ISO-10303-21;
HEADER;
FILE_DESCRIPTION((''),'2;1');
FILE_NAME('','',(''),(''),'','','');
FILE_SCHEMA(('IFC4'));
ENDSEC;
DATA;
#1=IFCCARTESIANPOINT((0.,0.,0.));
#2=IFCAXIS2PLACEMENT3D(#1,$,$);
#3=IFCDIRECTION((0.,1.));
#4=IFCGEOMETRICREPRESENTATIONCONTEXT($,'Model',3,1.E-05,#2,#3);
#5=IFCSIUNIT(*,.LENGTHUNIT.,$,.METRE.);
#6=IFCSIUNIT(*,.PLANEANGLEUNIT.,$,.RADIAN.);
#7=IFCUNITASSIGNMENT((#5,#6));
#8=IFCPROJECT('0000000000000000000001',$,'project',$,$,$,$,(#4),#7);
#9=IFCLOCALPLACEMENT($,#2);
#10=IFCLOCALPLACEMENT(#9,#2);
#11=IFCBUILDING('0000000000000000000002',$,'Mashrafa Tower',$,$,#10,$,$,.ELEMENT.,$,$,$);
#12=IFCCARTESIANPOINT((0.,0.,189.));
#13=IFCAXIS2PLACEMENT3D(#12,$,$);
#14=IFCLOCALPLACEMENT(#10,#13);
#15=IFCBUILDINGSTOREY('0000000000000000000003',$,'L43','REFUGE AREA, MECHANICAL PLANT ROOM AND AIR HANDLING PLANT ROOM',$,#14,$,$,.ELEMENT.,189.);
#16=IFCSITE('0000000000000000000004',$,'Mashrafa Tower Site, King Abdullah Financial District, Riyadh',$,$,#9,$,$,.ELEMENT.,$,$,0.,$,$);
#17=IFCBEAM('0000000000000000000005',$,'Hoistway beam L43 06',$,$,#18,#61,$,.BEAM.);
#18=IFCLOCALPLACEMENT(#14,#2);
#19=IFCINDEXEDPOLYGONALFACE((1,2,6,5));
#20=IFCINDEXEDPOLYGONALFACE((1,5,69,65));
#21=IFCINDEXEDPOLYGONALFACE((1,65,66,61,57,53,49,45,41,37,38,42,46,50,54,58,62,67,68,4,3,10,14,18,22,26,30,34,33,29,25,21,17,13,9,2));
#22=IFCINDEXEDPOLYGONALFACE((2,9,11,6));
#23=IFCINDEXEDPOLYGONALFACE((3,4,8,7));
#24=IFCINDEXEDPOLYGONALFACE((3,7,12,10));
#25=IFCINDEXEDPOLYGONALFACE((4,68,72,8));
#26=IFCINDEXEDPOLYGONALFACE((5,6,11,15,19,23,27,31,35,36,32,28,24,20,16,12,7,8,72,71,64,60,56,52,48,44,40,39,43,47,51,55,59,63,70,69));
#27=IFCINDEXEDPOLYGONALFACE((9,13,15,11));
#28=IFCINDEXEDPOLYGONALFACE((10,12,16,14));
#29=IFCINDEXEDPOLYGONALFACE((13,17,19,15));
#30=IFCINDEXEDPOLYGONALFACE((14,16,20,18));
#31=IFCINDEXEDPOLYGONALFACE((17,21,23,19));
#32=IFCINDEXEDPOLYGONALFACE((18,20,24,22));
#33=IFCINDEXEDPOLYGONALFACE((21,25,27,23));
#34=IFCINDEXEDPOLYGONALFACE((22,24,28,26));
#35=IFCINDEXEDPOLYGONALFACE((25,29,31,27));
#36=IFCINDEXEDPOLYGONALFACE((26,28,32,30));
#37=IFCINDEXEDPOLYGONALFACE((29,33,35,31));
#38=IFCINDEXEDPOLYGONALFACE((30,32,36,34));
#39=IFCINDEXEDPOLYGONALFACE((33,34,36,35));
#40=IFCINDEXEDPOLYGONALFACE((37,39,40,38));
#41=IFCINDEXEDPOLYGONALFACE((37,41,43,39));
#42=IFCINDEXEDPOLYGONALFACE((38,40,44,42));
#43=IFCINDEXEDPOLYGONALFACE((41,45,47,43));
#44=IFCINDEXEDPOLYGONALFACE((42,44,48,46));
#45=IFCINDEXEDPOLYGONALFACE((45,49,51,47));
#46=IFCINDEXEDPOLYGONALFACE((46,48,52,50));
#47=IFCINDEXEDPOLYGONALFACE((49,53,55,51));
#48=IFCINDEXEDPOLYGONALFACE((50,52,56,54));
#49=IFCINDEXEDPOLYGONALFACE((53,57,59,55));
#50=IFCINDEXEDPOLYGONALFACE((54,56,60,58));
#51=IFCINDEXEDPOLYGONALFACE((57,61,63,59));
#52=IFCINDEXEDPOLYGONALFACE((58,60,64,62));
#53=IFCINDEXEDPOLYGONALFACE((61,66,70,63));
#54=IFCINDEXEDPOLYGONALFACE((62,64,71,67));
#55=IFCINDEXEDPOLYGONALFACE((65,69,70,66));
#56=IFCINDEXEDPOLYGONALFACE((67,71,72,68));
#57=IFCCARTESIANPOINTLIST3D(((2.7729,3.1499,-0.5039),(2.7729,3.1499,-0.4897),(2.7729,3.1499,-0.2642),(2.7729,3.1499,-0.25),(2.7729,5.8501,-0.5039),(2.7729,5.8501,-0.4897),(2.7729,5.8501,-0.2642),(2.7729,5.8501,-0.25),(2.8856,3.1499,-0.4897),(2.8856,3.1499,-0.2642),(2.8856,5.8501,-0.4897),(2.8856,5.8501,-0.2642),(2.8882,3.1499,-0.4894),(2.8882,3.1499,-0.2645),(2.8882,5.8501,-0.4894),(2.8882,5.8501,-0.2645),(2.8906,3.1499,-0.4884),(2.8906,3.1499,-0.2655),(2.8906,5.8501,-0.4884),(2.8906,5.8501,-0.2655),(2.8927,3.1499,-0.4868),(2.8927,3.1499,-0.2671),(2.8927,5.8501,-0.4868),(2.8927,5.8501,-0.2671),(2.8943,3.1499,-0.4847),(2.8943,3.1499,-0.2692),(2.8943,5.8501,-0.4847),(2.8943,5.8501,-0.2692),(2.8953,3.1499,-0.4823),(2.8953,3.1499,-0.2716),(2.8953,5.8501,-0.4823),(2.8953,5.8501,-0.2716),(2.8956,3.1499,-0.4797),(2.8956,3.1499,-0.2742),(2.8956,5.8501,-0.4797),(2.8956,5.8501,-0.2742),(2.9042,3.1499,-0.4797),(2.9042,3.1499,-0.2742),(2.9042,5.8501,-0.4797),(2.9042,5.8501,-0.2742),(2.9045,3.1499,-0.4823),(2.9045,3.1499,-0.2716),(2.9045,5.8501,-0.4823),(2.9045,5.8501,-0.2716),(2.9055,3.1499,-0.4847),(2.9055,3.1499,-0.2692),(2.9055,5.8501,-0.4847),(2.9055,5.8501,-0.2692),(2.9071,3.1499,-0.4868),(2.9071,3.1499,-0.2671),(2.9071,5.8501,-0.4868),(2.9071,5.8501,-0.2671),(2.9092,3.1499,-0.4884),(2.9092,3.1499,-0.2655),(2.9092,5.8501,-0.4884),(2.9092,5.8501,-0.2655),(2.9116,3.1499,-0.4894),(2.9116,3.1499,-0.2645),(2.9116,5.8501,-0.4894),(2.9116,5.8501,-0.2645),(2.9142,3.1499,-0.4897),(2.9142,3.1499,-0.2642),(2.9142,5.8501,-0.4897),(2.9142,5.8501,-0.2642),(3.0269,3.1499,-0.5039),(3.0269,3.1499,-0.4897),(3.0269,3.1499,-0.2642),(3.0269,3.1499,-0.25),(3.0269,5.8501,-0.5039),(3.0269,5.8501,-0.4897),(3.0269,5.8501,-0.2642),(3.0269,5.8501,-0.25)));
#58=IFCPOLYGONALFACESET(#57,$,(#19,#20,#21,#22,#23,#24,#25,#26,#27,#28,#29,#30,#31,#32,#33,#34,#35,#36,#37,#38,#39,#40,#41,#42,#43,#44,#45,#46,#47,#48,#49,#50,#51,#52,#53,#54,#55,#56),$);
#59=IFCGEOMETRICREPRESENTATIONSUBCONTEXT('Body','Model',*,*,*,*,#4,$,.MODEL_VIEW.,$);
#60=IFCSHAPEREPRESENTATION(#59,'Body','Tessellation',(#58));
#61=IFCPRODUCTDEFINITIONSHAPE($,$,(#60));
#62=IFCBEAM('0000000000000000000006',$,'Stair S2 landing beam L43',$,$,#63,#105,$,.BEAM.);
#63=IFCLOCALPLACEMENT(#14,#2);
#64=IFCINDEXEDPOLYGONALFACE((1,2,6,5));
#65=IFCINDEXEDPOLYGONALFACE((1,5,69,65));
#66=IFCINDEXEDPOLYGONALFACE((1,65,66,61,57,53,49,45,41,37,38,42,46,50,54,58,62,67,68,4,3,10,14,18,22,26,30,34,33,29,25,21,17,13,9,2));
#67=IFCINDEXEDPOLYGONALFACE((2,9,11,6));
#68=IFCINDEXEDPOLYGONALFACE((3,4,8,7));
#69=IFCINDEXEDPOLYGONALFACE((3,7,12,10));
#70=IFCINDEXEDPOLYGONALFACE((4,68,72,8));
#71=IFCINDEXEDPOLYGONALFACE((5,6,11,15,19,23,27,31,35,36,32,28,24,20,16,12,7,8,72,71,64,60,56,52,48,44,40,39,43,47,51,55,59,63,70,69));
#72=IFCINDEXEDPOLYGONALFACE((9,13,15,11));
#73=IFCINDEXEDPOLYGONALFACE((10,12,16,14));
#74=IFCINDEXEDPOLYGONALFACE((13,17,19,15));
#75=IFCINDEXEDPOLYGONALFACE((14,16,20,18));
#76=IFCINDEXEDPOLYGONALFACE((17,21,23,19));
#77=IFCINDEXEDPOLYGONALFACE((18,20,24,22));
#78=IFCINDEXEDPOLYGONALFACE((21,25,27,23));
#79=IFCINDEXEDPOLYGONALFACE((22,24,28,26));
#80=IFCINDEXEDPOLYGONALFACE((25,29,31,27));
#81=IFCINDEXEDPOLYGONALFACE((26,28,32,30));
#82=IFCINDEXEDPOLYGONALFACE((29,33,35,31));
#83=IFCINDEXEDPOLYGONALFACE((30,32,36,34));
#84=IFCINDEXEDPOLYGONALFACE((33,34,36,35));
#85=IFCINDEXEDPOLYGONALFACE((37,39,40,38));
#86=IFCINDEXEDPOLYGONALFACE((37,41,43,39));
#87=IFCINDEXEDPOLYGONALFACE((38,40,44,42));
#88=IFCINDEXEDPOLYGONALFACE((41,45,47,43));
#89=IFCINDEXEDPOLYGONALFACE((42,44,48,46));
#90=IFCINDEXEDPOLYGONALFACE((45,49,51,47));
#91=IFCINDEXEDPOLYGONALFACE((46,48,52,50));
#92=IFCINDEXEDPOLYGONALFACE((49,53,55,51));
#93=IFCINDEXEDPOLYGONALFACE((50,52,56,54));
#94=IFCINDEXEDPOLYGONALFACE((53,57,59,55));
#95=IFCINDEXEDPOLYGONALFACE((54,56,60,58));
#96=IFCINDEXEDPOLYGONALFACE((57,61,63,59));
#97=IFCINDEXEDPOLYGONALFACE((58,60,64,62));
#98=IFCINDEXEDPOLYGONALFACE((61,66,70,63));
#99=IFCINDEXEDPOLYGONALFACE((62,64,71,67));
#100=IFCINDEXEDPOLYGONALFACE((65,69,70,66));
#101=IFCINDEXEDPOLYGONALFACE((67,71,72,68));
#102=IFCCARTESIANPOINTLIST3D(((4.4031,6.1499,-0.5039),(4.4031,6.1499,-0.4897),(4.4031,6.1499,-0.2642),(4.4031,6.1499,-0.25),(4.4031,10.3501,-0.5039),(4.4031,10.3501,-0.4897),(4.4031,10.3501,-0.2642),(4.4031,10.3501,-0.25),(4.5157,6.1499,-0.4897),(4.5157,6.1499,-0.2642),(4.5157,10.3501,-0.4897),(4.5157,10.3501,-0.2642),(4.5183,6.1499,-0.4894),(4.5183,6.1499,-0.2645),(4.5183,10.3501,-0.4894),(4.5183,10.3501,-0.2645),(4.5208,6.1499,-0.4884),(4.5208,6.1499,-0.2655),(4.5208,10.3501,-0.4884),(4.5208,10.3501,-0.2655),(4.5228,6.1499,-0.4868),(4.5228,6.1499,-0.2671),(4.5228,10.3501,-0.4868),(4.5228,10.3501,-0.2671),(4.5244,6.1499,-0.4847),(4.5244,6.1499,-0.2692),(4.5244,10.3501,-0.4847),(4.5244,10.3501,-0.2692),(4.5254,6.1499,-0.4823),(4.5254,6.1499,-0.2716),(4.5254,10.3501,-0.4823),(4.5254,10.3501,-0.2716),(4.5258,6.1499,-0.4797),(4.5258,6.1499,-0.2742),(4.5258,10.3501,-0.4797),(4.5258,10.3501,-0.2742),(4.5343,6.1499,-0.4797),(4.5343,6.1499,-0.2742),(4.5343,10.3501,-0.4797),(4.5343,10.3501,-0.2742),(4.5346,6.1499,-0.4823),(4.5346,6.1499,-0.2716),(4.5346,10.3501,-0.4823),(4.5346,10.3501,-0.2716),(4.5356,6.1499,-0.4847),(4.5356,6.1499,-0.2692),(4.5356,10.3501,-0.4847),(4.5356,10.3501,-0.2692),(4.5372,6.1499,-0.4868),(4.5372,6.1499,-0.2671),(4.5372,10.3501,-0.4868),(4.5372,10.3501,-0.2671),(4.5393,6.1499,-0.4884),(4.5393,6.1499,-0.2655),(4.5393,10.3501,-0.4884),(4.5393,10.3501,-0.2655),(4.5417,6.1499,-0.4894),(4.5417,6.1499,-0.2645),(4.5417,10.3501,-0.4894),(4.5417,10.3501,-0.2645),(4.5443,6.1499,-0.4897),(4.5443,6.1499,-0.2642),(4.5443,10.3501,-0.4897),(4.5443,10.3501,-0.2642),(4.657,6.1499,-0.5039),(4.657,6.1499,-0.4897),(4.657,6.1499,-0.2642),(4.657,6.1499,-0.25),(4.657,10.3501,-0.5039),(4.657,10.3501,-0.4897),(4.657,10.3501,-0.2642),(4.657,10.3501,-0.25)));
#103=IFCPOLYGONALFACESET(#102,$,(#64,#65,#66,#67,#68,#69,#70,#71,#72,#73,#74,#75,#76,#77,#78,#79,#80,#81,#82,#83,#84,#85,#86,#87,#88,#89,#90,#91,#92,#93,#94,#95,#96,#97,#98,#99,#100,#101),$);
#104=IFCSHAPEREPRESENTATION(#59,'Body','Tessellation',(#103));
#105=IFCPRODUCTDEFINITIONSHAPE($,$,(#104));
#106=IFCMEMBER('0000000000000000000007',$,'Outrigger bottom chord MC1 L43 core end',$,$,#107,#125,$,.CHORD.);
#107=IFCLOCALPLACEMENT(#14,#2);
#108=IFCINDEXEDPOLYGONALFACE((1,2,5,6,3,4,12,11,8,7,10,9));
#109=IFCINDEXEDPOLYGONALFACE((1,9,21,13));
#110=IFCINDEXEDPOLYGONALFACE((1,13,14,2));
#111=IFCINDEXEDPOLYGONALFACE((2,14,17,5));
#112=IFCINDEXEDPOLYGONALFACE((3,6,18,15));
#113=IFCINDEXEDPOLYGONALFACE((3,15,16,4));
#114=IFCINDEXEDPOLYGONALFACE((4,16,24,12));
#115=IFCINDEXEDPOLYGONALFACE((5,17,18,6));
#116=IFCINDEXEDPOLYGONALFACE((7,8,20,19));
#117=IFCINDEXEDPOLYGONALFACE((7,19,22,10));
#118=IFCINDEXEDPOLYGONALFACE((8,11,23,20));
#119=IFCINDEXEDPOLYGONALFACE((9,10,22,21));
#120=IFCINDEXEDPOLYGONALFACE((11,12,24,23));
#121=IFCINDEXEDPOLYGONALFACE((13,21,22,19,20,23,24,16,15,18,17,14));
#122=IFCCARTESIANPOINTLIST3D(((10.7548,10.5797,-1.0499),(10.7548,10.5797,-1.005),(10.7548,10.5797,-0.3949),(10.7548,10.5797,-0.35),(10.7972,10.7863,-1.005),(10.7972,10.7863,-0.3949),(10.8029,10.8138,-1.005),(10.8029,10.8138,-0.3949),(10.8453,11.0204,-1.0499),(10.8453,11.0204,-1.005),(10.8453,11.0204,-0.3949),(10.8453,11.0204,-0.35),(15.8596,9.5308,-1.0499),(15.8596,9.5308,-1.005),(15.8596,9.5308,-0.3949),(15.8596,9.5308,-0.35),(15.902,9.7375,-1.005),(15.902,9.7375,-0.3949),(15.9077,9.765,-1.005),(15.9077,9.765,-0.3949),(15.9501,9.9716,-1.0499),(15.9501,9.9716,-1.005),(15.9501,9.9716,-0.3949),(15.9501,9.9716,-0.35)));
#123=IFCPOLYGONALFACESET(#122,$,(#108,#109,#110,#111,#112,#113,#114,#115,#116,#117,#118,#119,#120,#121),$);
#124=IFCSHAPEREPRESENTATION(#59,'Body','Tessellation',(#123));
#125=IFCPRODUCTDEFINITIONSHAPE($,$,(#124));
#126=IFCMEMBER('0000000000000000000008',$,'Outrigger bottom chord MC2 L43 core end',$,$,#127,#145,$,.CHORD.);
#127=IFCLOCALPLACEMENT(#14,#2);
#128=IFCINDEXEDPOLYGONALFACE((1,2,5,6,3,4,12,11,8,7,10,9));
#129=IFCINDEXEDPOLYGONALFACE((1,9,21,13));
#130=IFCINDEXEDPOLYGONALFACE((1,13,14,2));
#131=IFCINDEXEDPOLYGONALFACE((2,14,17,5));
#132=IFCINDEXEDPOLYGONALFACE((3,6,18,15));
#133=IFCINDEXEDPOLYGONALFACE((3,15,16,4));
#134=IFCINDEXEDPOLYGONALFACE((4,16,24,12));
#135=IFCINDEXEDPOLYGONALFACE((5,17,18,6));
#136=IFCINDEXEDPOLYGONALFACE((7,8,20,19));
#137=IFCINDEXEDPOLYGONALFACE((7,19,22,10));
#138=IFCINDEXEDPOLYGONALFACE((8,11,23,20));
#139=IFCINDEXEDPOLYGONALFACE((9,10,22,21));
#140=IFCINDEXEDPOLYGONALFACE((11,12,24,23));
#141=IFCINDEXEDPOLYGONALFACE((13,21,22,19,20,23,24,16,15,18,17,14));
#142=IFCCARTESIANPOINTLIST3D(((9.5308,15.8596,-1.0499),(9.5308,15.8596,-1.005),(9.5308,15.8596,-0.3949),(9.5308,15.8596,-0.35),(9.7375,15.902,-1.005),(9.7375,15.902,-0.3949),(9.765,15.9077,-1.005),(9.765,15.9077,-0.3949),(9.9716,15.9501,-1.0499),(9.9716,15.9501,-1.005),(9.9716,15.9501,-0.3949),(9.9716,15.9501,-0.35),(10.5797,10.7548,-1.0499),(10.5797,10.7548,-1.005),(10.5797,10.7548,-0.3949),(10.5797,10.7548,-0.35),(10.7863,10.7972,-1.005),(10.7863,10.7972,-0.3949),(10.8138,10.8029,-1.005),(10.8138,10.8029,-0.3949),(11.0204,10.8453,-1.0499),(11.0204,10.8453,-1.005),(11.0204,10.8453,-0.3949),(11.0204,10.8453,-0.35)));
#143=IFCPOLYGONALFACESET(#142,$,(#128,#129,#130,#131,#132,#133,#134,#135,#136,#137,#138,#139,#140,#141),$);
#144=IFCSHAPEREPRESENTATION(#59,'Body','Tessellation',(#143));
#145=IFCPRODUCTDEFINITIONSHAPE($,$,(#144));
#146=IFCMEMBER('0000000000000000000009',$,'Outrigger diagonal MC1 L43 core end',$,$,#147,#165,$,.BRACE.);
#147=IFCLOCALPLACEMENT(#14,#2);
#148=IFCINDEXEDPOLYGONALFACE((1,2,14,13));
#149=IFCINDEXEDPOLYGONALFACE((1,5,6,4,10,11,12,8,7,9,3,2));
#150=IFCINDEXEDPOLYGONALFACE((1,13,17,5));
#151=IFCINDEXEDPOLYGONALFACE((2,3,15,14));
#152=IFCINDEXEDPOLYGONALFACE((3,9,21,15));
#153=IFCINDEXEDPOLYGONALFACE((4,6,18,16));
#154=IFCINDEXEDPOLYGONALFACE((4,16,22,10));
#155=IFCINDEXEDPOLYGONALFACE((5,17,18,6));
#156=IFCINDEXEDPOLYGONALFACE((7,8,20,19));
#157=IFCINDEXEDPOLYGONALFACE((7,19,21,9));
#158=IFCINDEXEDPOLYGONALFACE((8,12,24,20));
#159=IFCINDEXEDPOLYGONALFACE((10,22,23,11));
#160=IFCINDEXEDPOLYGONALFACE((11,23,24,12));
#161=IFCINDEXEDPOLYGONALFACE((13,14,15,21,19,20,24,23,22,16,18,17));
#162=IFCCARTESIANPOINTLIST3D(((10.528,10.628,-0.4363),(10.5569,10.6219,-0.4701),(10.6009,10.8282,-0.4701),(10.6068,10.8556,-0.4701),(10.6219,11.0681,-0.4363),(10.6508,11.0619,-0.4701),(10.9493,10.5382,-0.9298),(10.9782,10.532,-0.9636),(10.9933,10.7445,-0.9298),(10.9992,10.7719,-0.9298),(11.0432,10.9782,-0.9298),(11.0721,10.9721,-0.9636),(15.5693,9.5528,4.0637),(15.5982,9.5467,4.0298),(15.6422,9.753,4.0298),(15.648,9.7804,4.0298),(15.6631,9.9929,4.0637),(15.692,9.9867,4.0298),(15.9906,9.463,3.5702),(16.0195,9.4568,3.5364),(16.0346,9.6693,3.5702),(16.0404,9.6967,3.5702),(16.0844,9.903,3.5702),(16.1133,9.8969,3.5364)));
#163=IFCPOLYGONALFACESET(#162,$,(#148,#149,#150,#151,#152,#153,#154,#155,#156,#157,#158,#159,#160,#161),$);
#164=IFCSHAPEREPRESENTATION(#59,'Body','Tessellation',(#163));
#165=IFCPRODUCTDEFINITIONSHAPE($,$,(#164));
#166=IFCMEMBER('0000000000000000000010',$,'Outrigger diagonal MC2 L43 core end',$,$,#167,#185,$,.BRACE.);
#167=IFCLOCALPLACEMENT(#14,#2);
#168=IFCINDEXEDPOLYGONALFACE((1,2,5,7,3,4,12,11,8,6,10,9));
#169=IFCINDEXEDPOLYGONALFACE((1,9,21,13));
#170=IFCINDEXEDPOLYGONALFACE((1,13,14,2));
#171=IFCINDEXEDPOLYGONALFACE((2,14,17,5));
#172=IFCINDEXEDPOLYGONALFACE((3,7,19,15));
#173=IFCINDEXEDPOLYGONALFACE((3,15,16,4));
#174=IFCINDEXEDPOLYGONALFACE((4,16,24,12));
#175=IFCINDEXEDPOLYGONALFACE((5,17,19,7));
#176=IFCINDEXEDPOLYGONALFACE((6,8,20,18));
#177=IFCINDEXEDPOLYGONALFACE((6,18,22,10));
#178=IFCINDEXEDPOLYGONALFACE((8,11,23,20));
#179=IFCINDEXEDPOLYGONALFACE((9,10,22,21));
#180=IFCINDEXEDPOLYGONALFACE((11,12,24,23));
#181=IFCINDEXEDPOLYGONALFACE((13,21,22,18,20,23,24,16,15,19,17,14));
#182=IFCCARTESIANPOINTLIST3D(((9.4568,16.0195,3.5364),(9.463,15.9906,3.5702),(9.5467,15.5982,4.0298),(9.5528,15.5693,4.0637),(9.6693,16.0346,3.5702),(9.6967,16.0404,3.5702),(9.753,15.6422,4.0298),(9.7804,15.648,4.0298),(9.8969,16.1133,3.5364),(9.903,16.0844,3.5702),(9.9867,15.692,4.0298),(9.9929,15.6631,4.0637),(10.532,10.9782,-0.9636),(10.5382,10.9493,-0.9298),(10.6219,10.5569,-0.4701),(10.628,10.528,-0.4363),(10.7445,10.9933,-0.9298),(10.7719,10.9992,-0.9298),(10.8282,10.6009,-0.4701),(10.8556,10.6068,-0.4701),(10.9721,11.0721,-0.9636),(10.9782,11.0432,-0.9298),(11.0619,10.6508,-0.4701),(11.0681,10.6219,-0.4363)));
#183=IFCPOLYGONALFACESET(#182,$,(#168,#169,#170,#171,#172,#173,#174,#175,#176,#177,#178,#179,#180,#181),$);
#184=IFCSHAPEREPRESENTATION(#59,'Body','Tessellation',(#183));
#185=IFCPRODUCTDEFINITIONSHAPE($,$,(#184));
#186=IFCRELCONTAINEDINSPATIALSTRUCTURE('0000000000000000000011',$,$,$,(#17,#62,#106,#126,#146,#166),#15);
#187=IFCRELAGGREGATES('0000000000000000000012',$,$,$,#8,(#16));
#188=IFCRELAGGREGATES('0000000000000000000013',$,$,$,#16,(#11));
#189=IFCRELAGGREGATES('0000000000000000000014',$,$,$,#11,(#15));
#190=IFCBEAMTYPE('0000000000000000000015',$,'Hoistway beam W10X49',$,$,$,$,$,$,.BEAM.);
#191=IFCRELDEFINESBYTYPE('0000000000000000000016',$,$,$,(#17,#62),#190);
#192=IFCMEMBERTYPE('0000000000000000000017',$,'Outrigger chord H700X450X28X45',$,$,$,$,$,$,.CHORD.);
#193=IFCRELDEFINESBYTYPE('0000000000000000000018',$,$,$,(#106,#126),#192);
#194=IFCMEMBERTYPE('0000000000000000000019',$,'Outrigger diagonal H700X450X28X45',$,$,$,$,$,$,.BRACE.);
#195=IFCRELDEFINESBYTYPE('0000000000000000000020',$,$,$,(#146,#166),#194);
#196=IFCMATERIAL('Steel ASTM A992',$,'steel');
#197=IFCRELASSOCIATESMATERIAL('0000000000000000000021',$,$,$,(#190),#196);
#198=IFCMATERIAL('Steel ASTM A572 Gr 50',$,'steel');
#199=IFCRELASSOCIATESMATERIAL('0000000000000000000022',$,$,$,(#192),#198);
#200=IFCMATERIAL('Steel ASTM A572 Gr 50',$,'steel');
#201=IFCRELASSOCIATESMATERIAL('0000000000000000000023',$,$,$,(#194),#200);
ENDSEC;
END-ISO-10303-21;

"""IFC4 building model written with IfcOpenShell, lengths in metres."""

from ifc_helpers import new_model, si_unit, direction, frame, origin, origin_2d, place, context, subcontext, project, spatial, i_section, extrude, source, transform, mapped, material, material_profile, profile_set, type_object, type_shapes, element, save


model = new_model("IFC4")

# Units and contexts
model_context = context("Model", 3, precision=1e-05, world=origin(), true_north=direction((0.0, 1.0)))
body_context = subcontext(model_context, "Body", "Model", "MODEL_VIEW")
ifc_project = project(units=[si_unit("LENGTHUNIT", "METRE"), si_unit("PLANEANGLEUNIT", "RADIAN")], contexts=[model_context])

# Site, building, storey
site_placement = place(None, origin())
site = spatial("IfcSite", under=ifc_project, at=site_placement, Name="Mashrafa Tower Site, King Abdullah Financial District, Riyadh", CompositionType="ELEMENT", RefElevation=0.0)
building_placement = place(site_placement, origin())
building = spatial("IfcBuilding", under=site, at=building_placement, Name="Mashrafa Tower", CompositionType="ELEMENT")
storey_placement = place(building_placement, frame((0.0, 0.0, 189.0)))
storey = spatial("IfcBuildingStorey", under=building, at=storey_placement, Name="L43", Description="REFUGE AREA, MECHANICAL PLANT ROOM AND AIR HANDLING PLANT ROOM", CompositionType="ELEMENT", Elevation=189.0)

# Beams
ifc_material_1 = material(Name="Steel ASTM A992", Category="steel")
ifc_material_profile_1 = material_profile(ifc_material_1, i_section(OverallWidth=0.2539, OverallDepth=0.2539, WebThickness=0.0085, FlangeThickness=0.0142, FilletRadius=0.01, at=origin_2d()), Name="W10X49")
ifc_profile_set_1 = profile_set([ifc_material_profile_1], Name="Steel ASTM A992")
beam_type_1 = type_object("IfcBeamType", Name="Hoistway beam W10X49", PredefinedType="BEAM", material=ifc_profile_set_1)
beam_1_placement = place(storey_placement, frame((2.8999, 3.1499, -0.377), z_axis=(0.0, 1.0, 0.0), x_axis=(-1.0, 0.0, 0.0)))
element("IfcBeam", 1, at=beam_1_placement, inside=storey, type_object=beam_type_1, Name="Hoistway beam L43 06", PredefinedType="BEAM", context=body_context, shape_type="SweptSolid", body=[
    extrude(i_section(OverallWidth=0.2539, OverallDepth=0.2539, WebThickness=0.0085, FlangeThickness=0.0142, FilletRadius=0.01, at=origin_2d()), origin(), (0.0, 0.0, 1.0), 2.7002),
])
beam_2_placement = place(storey_placement, frame((4.53, 6.1499, -0.377), z_axis=(0.0, 1.0, 0.0), x_axis=(-1.0, 0.0, 0.0)))
element("IfcBeam", 2, at=beam_2_placement, inside=storey, type_object=beam_type_1, Name="Stair S2 landing beam L43", PredefinedType="BEAM", context=body_context, shape_type="SweptSolid", body=[
    extrude(i_section(OverallWidth=0.2539, OverallDepth=0.2539, WebThickness=0.0085, FlangeThickness=0.0142, FilletRadius=0.01, at=origin_2d()), origin(), (0.0, 0.0, 1.0), 4.2002),
])

# Members
ifc_material_2 = material(Name="Steel ASTM A572 Gr 50", Category="steel")
ifc_material_profile_2 = material_profile(ifc_material_2, i_section(OverallWidth=0.45, OverallDepth=0.7, WebThickness=0.0281, FlangeThickness=0.0449, at=origin_2d()), Name="H700X450X28X45")
ifc_profile_set_2 = profile_set([ifc_material_profile_2], Name="Steel ASTM A572 Gr 50")
member_type_1 = type_object("IfcMemberType", Name="Outrigger chord H700X450X28X45", PredefinedType="CHORD", material=ifc_profile_set_2)
shared_shape_1 = source(origin(), body_context, "Body", "SweptSolid", [
    extrude(i_section(OverallWidth=0.45, OverallDepth=0.7, WebThickness=0.0281, FlangeThickness=0.0449, at=origin_2d()), origin(), (0.0, 0.0, 1.0), 5.2114),
])
type_shapes(member_type_1, [shared_shape_1])
for number, where, z_axis, x_axis, name in (
    (3, (10.8, 10.8, -0.7), (0.979538, -0.201258, 0.0), (0.201258, 0.979538, 0.0), "Outrigger bottom chord MC1 L43 core end"),
    (4, (10.8, 10.8, -0.7), (-0.201258, 0.979538, 0.0), (-0.979538, -0.201258, 0.0), "Outrigger bottom chord MC2 L43 core end"),
):
    element("IfcMember", number, at=place(storey_placement, frame(where, z_axis=z_axis, x_axis=x_axis)), inside=storey, type_object=member_type_1, Name=name, PredefinedType="CHORD", context=body_context, shape_type="MappedRepresentation", body=[
        mapped(shared_shape_1, transform((0.0, 0.0, 0.0))),
    ])
ifc_material_3 = material(Name="Steel ASTM A572 Gr 50", Category="steel")
ifc_material_profile_3 = material_profile(ifc_material_3, i_section(OverallWidth=0.45, OverallDepth=0.7, WebThickness=0.0281, FlangeThickness=0.0449, at=origin_2d()), Name="H700X450X28X45")
ifc_profile_set_3 = profile_set([ifc_material_profile_3], Name="Steel ASTM A572 Gr 50")
member_type_2 = type_object("IfcMemberType", Name="Outrigger diagonal H700X450X28X45", PredefinedType="BRACE", material=ifc_profile_set_3)
shared_shape_2 = source(origin(), body_context, "Body", "SweptSolid", [
    extrude(i_section(OverallWidth=0.45, OverallDepth=0.7, WebThickness=0.0281, FlangeThickness=0.0449, at=origin_2d()), origin(), (0.0, 0.0, 1.0), 6.8425),
])
type_shapes(member_type_2, [shared_shape_2])
for number, where, z_axis, x_axis, name in (
    (5, (10.8, 10.8, -0.7), (0.736753, -0.157134, 0.657651), (0.208588, 0.978004, 0.0), "Outrigger diagonal MC1 L43 core end"),
    (6, (10.8, 10.8, -0.7), (-0.157134, 0.736753, 0.657651), (-0.978004, -0.208588, 0.0), "Outrigger diagonal MC2 L43 core end"),
):
    element("IfcMember", number, at=place(storey_placement, frame(where, z_axis=z_axis, x_axis=x_axis)), inside=storey, type_object=member_type_2, Name=name, PredefinedType="BRACE", context=body_context, shape_type="MappedRepresentation", body=[
        mapped(shared_shape_2, transform((0.0, 0.0, 0.0))),
    ])

save(model, "model.ifc")
